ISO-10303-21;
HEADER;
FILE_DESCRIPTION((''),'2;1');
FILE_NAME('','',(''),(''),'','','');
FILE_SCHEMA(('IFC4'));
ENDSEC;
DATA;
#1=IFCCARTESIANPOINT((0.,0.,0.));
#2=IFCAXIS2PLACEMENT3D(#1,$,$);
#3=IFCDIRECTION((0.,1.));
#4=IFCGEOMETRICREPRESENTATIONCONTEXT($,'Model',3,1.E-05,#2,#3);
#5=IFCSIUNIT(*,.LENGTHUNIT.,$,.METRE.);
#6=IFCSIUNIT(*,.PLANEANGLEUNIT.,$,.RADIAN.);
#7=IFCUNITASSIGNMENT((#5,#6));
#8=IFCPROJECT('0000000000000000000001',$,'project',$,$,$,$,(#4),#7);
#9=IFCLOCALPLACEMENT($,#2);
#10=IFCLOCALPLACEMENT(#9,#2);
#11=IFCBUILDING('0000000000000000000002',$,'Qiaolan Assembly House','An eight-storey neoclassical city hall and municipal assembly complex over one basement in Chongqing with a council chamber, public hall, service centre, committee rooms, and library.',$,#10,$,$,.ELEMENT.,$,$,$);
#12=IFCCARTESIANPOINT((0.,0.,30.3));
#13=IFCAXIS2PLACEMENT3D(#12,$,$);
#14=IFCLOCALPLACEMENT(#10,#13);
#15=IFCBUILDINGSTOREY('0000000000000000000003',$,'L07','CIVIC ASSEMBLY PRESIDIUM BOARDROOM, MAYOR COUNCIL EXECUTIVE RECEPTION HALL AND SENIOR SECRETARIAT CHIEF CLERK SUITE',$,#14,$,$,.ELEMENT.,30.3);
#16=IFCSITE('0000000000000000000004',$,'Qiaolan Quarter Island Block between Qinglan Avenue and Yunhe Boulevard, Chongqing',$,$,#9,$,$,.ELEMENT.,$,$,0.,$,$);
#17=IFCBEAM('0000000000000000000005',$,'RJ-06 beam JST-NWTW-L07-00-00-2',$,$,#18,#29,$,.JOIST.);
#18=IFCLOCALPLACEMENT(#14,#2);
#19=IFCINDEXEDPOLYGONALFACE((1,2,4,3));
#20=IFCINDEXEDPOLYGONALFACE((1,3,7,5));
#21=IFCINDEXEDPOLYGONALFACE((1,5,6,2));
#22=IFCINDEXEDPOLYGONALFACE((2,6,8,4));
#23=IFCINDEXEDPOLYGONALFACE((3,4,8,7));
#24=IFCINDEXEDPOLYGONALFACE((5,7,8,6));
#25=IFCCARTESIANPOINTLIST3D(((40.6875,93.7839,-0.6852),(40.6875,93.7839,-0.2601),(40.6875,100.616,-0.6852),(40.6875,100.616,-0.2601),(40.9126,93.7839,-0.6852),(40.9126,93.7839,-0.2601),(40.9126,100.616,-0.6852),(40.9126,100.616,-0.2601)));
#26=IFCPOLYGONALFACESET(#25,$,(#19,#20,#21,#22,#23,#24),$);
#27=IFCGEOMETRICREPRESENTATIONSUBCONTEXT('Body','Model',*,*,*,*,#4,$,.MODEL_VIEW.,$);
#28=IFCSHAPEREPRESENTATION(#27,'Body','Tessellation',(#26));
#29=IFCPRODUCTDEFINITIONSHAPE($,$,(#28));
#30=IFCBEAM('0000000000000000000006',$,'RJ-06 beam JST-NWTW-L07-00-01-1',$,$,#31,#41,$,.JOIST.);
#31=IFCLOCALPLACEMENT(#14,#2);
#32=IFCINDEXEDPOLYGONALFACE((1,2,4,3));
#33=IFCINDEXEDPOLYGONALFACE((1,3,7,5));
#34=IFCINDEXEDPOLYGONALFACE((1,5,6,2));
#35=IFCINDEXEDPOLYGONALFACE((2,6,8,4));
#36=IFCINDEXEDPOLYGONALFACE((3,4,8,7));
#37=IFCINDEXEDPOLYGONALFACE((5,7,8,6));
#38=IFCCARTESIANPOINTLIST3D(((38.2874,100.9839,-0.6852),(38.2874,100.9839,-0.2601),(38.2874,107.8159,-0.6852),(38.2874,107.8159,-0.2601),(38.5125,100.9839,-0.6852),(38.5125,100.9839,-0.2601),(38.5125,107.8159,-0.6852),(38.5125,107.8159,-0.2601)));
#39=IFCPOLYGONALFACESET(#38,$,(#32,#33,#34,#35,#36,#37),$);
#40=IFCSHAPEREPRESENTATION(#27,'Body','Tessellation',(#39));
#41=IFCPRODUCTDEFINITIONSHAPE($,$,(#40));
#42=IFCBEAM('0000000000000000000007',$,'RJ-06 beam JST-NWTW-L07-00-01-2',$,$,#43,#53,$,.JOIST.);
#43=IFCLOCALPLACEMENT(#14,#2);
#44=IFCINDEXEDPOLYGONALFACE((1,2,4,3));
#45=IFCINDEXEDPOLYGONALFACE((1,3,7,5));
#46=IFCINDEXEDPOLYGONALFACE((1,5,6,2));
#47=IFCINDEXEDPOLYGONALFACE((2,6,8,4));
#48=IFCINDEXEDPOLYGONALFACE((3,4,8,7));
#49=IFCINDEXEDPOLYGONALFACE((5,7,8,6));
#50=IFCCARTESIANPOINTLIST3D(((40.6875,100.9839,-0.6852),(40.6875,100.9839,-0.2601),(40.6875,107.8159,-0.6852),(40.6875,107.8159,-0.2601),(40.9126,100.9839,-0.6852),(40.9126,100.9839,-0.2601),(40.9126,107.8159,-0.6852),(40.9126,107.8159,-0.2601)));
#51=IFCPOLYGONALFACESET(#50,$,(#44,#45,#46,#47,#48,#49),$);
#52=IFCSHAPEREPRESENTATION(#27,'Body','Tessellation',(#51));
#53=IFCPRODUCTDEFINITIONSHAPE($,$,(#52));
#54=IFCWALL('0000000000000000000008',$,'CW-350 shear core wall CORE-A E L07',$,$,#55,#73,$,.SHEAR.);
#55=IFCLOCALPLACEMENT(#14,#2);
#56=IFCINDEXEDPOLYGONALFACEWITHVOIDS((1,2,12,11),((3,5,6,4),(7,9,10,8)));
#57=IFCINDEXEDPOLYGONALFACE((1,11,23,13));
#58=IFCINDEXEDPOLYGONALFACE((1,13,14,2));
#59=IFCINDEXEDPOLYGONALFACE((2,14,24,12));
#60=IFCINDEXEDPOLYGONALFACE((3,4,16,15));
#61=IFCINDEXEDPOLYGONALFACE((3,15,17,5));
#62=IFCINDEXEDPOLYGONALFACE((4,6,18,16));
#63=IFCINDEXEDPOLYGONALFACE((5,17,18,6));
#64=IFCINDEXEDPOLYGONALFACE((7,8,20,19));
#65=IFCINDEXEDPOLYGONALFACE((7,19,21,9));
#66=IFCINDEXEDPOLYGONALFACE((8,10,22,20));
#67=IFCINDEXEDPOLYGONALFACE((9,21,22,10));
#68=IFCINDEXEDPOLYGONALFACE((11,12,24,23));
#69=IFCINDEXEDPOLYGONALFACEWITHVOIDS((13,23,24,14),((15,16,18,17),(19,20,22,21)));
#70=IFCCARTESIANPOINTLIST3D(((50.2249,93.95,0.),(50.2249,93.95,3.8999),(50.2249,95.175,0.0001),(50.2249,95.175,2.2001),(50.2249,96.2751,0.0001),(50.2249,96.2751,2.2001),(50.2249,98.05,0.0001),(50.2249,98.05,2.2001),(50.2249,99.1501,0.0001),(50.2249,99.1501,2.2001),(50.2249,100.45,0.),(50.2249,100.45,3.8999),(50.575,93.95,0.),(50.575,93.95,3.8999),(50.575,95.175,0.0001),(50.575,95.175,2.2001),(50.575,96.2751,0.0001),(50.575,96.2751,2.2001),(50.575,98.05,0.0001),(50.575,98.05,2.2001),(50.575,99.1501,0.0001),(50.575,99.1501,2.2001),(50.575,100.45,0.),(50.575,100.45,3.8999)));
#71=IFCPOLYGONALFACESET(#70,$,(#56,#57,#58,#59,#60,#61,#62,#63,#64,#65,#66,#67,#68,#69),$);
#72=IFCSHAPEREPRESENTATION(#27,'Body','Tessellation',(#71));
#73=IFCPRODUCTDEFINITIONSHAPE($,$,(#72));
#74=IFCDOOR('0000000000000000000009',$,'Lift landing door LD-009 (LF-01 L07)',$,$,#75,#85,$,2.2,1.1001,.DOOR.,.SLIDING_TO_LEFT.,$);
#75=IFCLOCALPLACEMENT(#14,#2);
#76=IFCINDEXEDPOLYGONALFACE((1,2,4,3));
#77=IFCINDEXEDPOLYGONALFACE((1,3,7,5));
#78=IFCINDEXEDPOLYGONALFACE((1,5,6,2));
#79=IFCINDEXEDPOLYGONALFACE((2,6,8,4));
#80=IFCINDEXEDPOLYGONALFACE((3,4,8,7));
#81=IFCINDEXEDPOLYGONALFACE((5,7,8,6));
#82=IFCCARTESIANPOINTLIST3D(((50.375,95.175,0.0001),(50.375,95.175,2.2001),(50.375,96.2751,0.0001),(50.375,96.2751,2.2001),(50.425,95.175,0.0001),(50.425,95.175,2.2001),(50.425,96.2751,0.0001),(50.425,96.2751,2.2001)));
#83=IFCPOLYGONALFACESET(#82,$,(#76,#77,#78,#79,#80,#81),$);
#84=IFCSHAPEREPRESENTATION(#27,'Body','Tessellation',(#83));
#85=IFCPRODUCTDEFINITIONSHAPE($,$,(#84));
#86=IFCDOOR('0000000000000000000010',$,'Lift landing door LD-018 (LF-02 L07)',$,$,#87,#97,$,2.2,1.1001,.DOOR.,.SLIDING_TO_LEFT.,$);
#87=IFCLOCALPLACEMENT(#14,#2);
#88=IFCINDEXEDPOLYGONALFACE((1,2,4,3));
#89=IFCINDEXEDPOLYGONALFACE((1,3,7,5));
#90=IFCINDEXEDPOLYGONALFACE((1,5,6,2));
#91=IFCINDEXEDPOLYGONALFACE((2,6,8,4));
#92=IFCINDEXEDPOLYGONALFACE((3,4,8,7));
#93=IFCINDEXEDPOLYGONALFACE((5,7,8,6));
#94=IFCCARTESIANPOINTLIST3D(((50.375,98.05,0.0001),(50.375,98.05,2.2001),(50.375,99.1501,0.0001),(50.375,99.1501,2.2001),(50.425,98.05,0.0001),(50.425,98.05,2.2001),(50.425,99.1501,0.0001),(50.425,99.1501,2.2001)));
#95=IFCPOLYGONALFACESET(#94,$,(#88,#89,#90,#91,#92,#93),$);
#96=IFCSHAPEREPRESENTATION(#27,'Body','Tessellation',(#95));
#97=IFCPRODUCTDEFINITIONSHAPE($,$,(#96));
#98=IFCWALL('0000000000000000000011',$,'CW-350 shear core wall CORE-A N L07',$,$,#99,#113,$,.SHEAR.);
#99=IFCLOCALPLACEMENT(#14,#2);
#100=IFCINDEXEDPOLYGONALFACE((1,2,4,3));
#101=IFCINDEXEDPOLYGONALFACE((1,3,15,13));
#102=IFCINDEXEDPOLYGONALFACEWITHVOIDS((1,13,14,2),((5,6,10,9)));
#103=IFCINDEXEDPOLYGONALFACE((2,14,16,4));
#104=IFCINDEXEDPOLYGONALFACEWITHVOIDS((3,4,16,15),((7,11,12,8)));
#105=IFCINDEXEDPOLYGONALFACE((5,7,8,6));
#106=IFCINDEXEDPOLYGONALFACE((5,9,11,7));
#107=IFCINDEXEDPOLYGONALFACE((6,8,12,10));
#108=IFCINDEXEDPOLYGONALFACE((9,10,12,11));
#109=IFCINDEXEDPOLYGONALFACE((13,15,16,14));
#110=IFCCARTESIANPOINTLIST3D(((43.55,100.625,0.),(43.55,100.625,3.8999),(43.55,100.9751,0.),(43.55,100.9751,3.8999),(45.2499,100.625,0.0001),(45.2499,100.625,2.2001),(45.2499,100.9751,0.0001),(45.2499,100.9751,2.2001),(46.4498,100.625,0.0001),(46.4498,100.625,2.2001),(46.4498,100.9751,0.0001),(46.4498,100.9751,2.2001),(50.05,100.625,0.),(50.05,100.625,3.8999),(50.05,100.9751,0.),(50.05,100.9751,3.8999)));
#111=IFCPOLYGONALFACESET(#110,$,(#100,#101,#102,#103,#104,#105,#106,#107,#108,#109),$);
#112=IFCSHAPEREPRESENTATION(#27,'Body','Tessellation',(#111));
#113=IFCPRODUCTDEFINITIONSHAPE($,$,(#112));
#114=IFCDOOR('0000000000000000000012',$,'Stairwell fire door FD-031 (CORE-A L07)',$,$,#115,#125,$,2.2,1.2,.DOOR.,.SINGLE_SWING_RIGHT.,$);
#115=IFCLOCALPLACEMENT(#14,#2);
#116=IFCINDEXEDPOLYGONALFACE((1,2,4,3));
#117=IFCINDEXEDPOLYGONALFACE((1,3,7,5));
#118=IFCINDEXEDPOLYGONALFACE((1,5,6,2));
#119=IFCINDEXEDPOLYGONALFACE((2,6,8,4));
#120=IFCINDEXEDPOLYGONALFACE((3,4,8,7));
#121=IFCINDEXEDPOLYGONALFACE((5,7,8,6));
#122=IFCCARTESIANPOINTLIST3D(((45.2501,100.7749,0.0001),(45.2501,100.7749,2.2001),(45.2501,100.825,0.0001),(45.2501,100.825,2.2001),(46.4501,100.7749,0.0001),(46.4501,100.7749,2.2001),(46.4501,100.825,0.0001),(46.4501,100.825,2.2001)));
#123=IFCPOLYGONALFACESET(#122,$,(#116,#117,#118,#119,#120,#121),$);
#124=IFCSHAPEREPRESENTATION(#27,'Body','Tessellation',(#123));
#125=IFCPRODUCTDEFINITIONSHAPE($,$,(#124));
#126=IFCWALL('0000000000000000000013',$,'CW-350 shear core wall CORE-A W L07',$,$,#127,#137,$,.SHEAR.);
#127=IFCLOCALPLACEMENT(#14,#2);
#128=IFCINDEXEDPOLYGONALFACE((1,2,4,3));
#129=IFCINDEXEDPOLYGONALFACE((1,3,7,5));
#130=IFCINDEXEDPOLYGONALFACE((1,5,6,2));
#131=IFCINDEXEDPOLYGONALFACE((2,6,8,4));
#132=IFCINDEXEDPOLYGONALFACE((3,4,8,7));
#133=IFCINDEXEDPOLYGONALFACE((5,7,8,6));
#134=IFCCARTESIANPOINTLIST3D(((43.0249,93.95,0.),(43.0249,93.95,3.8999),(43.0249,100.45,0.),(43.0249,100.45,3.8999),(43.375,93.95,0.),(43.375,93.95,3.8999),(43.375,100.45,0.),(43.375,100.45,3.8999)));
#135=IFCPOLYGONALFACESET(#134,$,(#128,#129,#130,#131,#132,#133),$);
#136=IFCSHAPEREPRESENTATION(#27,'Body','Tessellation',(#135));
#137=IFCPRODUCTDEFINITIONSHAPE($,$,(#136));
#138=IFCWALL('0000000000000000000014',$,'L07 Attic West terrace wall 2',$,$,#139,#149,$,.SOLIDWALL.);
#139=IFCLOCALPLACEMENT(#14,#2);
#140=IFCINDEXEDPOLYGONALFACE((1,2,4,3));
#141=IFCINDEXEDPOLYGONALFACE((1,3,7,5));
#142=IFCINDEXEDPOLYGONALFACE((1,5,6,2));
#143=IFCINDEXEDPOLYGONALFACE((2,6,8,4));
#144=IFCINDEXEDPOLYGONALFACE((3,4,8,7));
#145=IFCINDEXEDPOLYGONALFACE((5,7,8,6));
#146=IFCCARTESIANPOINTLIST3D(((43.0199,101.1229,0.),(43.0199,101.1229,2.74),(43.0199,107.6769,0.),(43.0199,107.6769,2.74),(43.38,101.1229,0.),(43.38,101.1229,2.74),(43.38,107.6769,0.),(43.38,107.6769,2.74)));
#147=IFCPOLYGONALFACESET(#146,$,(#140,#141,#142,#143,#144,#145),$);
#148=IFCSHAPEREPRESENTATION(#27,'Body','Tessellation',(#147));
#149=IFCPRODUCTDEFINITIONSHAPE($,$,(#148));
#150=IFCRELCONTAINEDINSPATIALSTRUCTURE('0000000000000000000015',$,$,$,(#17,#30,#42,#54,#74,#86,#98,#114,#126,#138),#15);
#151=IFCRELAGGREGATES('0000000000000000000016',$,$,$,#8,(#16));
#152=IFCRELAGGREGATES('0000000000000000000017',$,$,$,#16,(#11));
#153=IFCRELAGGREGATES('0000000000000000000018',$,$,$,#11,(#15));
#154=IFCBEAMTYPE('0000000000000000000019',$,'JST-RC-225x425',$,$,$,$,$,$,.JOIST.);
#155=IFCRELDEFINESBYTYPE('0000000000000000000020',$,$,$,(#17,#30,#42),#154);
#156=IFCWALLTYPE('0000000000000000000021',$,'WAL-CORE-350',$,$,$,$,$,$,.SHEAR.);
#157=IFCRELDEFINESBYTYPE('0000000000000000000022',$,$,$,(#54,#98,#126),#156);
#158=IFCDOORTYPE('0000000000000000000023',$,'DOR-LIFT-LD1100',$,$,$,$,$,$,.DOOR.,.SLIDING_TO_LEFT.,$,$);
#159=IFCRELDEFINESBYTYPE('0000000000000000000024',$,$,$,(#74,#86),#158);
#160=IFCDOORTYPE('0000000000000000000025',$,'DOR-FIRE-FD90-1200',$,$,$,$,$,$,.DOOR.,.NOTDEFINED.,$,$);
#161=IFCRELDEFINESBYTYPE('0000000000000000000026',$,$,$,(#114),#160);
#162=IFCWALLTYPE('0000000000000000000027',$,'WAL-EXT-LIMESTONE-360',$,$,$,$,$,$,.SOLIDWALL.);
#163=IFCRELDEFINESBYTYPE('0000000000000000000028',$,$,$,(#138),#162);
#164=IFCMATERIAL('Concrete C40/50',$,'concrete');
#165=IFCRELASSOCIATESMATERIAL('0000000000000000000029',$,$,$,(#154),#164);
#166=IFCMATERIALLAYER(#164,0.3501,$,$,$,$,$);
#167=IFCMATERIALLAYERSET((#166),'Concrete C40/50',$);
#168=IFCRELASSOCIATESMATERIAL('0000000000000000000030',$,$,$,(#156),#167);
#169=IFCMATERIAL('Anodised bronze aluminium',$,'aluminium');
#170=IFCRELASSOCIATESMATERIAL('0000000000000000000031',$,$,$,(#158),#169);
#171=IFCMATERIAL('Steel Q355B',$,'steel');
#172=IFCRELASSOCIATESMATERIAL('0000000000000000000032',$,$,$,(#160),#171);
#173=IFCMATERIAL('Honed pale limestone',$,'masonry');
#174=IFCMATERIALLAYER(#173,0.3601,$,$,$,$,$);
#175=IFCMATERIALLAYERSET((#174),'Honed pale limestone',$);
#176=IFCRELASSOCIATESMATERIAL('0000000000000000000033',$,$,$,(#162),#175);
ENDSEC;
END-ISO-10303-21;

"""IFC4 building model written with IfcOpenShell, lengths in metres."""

from ifc_helpers import new_model, si_unit, direction, frame, frame_2d, origin, origin_2d, place, context, subcontext, project, spatial, rectangle, extrude, material, layer, layer_set, material_profile, profile_set, type_object, element, fill, save


model = new_model("IFC4")

# Units and contexts
model_context = context("Model", 3, precision=1e-05, world=origin(), true_north=direction((0.0, 1.0)))
body_context = subcontext(model_context, "Body", "Model", "MODEL_VIEW")
ifc_project = project(units=[si_unit("LENGTHUNIT", "METRE"), si_unit("PLANEANGLEUNIT", "RADIAN")], contexts=[model_context])

# Site, building, storey
site_placement = place(None, origin())
site = spatial("IfcSite", under=ifc_project, at=site_placement, Name="Qiaolan Quarter Island Block between Qinglan Avenue and Yunhe Boulevard, Chongqing", CompositionType="ELEMENT", RefElevation=0.0)
building_placement = place(site_placement, origin())
building = spatial("IfcBuilding", under=site, at=building_placement, Name="Qiaolan Assembly House", Description="An eight-storey neoclassical city hall and municipal assembly complex over one basement in Chongqing with a council chamber, public hall, service centre, committee rooms, and library.", CompositionType="ELEMENT")
storey_placement = place(building_placement, frame((0.0, 0.0, 30.3)))
storey = spatial("IfcBuildingStorey", under=building, at=storey_placement, Name="L07", Description="CIVIC ASSEMBLY PRESIDIUM BOARDROOM, MAYOR COUNCIL EXECUTIVE RECEPTION HALL AND SENIOR SECRETARIAT CHIEF CLERK SUITE", CompositionType="ELEMENT", Elevation=30.3)

# Shared definitions
ifc_material_1 = material(Name="Concrete C40/50", Category="concrete")

# Beams
ifc_material_profile_1 = material_profile(ifc_material_1, rectangle(XDim=0.2251, YDim=0.425, at=origin_2d()), Name="RCB 225x425")
ifc_profile_set_1 = profile_set([ifc_material_profile_1], Name="Concrete C40/50")
beam_type_1 = type_object("IfcBeamType", Name="JST-RC-225x425", PredefinedType="JOIST", material=ifc_profile_set_1)
for number, where, z_axis, x_axis, name in (
    (1, (40.8, 93.7839, -0.4727), (0.0, 1.0, 0.0), (-1.0, 0.0, 0.0), "RJ-06 beam JST-NWTW-L07-00-00-2"),
    (2, (38.3999, 100.9839, -0.4727), (0.0, 1.0, 0.0), (-1.0, 0.0, 0.0), "RJ-06 beam JST-NWTW-L07-00-01-1"),
    (3, (40.8, 100.9839, -0.4727), (0.0, 1.0, 0.0), (-1.0, 0.0, 0.0), "RJ-06 beam JST-NWTW-L07-00-01-2"),
):
    element("IfcBeam", number, at=place(storey_placement, frame(where, z_axis=z_axis, x_axis=x_axis)), inside=storey, type_object=beam_type_1, Name=name, PredefinedType="JOIST", context=body_context, shape_type="SweptSolid", body=[
        extrude(rectangle(XDim=0.2251, YDim=0.425, at=origin_2d()), origin(), (0.0, 0.0, 1.0), 6.832),
    ])

# Wall, openings, doors
ifc_layer_1 = layer(ifc_material_1, 0.3501)
ifc_layer_set_1 = layer_set([ifc_layer_1], Name="Concrete C40/50")
wall_type_1 = type_object("IfcWallType", Name="WAL-CORE-350", PredefinedType="SHEAR", material=ifc_layer_set_1)
wall_1_placement = place(storey_placement, frame((50.3999, 93.95, 0.0), z_axis=(0.0, 0.0, 1.0), x_axis=(0.0, 1.0, 0.0)))
wall_1 = element("IfcWall", 4, at=wall_1_placement, inside=storey, type_object=wall_type_1, Name="CW-350 shear core wall CORE-A E L07", PredefinedType="SHEAR", context=body_context, shape_type="SweptSolid", body=[
    extrude(rectangle(XDim=6.5, YDim=0.3501, at=frame_2d((3.25, 0.0))), origin(), (0.0, 0.0, 1.0), 3.8999),
])
opening_1_placement = place(wall_1_placement, frame((1.2251, 0.0, 0.0)))
opening_1 = element("IfcOpeningElement", 5, at=opening_1_placement, cuts=wall_1, PredefinedType="OPENING", context=body_context, shape_type="SweptSolid", body=[
    extrude(rectangle(XDim=1.1001, YDim=2.2, at=frame_2d((0.55, 1.1001))), frame((0.0, 0.1851, 0.0), z_axis=(0.0, -1.0, 0.0), x_axis=(1.0, 0.0, 0.0)), (0.0, 0.0, 1.0), 0.3701),
])
opening_2_placement = place(wall_1_placement, frame((4.1001, 0.0, 0.0)))
opening_2 = element("IfcOpeningElement", 6, at=opening_2_placement, cuts=wall_1, PredefinedType="OPENING", context=body_context, shape_type="SweptSolid", body=[
    extrude(rectangle(XDim=1.1001, YDim=2.2, at=frame_2d((0.55, 1.1001))), frame((0.0, 0.1851, 0.0), z_axis=(0.0, -1.0, 0.0), x_axis=(1.0, 0.0, 0.0)), (0.0, 0.0, 1.0), 0.3701),
])
ifc_material_2 = material(Name="Anodised bronze aluminium", Category="aluminium")
door_type_1 = type_object("IfcDoorType", Name="DOR-LIFT-LD1100", OperationType="SLIDING_TO_LEFT", PredefinedType="DOOR", material=ifc_material_2)
door_1_placement = place(opening_1_placement, origin())
door_1 = element("IfcDoor", 7, at=door_1_placement, inside=storey, type_object=door_type_1, Name="Lift landing door LD-009 (LF-01 L07)", OperationType="SLIDING_TO_LEFT", OverallHeight=2.2, OverallWidth=1.1001, PredefinedType="DOOR", context=body_context, shape_type="SweptSolid", body=[
    extrude(rectangle(XDim=1.1001, YDim=2.2, at=frame_2d((0.55, 1.1001))), frame((0.0, 0.0249, 0.0), z_axis=(0.0, -1.0, 0.0), x_axis=(1.0, 0.0, 0.0)), (0.0, 0.0, 1.0), 0.05),
])
fill(opening_1, door_1)
door_2_placement = place(opening_2_placement, origin())
door_2 = element("IfcDoor", 8, at=door_2_placement, inside=storey, type_object=door_type_1, Name="Lift landing door LD-018 (LF-02 L07)", OperationType="SLIDING_TO_LEFT", OverallHeight=2.2, OverallWidth=1.1001, PredefinedType="DOOR", context=body_context, shape_type="SweptSolid", body=[
    extrude(rectangle(XDim=1.1001, YDim=2.2, at=frame_2d((0.55, 1.1001))), frame((0.0, 0.0249, 0.0), z_axis=(0.0, -1.0, 0.0), x_axis=(1.0, 0.0, 0.0)), (0.0, 0.0, 1.0), 0.05),
])
fill(opening_2, door_2)

# Wall, opening, door
wall_2_placement = place(storey_placement, frame((50.05, 100.8, 0.0), z_axis=(0.0, 0.0, 1.0), x_axis=(-1.0, 0.0, 0.0)))
wall_2 = element("IfcWall", 9, at=wall_2_placement, inside=storey, type_object=wall_type_1, Name="CW-350 shear core wall CORE-A N L07", PredefinedType="SHEAR", context=body_context, shape_type="SweptSolid", body=[
    extrude(rectangle(XDim=6.5, YDim=0.3501, at=frame_2d((3.25, 0.0))), origin(), (0.0, 0.0, 1.0), 3.8999),
])
opening_3_placement = place(wall_2_placement, frame((3.6001, 0.0, 0.0)))
opening_3 = element("IfcOpeningElement", 10, at=opening_3_placement, cuts=wall_2, PredefinedType="OPENING", context=body_context, shape_type="SweptSolid", body=[
    extrude(rectangle(XDim=1.2, YDim=2.2, at=frame_2d((0.6001, 1.1001))), frame((0.0, 0.1851, 0.0), z_axis=(0.0, -1.0, 0.0), x_axis=(1.0, 0.0, 0.0)), (0.0, 0.0, 1.0), 0.3701),
])
ifc_material_3 = material(Name="Steel Q355B", Category="steel")
door_type_2 = type_object("IfcDoorType", Name="DOR-FIRE-FD90-1200", OperationType="NOTDEFINED", PredefinedType="DOOR", material=ifc_material_3)
door_3_placement = place(opening_3_placement, frame((1.2, 0.0, 0.0), z_axis=(0.0, 0.0, 1.0), x_axis=(-1.0, 0.0, 0.0)))
door_3 = element("IfcDoor", 11, at=door_3_placement, inside=storey, type_object=door_type_2, Name="Stairwell fire door FD-031 (CORE-A L07)", OperationType="SINGLE_SWING_RIGHT", OverallHeight=2.2, OverallWidth=1.2, PredefinedType="DOOR", context=body_context, shape_type="SweptSolid", body=[
    extrude(rectangle(XDim=1.2, YDim=2.2, at=frame_2d((0.6001, 1.1001))), frame((0.0, 0.0249, 0.0), z_axis=(0.0, -1.0, 0.0), x_axis=(1.0, 0.0, 0.0)), (0.0, 0.0, 1.0), 0.05),
])
fill(opening_3, door_3)

# Walls
wall_3_placement = place(storey_placement, frame((43.2, 100.45, 0.0), z_axis=(0.0, 0.0, 1.0), x_axis=(0.0, -1.0, 0.0)))
element("IfcWall", 12, at=wall_3_placement, inside=storey, type_object=wall_type_1, Name="CW-350 shear core wall CORE-A W L07", PredefinedType="SHEAR", context=body_context, shape_type="SweptSolid", body=[
    extrude(rectangle(XDim=6.5, YDim=0.3501, at=frame_2d((3.25, 0.0))), origin(), (0.0, 0.0, 1.0), 3.8999),
])
ifc_material_4 = material(Name="Honed pale limestone", Category="masonry")
ifc_layer_2 = layer(ifc_material_4, 0.3601)
ifc_layer_set_2 = layer_set([ifc_layer_2], Name="Honed pale limestone")
wall_type_2 = type_object("IfcWallType", Name="WAL-EXT-LIMESTONE-360", PredefinedType="SOLIDWALL", material=ifc_layer_set_2)
wall_4_placement = place(storey_placement, frame((43.2, 101.123, 0.0), z_axis=(0.0, 0.0, 1.0), x_axis=(0.0, 1.0, 0.0)))
element("IfcWall", 13, at=wall_4_placement, inside=storey, type_object=wall_type_2, Name="L07 Attic West terrace wall 2", PredefinedType="SOLIDWALL", context=body_context, shape_type="SweptSolid", body=[
    extrude(rectangle(XDim=6.554, YDim=0.3601, at=frame_2d((3.2769, 0.0))), origin(), (0.0, 0.0, 1.0), 2.74),
])

save(model, "model.ifc")
